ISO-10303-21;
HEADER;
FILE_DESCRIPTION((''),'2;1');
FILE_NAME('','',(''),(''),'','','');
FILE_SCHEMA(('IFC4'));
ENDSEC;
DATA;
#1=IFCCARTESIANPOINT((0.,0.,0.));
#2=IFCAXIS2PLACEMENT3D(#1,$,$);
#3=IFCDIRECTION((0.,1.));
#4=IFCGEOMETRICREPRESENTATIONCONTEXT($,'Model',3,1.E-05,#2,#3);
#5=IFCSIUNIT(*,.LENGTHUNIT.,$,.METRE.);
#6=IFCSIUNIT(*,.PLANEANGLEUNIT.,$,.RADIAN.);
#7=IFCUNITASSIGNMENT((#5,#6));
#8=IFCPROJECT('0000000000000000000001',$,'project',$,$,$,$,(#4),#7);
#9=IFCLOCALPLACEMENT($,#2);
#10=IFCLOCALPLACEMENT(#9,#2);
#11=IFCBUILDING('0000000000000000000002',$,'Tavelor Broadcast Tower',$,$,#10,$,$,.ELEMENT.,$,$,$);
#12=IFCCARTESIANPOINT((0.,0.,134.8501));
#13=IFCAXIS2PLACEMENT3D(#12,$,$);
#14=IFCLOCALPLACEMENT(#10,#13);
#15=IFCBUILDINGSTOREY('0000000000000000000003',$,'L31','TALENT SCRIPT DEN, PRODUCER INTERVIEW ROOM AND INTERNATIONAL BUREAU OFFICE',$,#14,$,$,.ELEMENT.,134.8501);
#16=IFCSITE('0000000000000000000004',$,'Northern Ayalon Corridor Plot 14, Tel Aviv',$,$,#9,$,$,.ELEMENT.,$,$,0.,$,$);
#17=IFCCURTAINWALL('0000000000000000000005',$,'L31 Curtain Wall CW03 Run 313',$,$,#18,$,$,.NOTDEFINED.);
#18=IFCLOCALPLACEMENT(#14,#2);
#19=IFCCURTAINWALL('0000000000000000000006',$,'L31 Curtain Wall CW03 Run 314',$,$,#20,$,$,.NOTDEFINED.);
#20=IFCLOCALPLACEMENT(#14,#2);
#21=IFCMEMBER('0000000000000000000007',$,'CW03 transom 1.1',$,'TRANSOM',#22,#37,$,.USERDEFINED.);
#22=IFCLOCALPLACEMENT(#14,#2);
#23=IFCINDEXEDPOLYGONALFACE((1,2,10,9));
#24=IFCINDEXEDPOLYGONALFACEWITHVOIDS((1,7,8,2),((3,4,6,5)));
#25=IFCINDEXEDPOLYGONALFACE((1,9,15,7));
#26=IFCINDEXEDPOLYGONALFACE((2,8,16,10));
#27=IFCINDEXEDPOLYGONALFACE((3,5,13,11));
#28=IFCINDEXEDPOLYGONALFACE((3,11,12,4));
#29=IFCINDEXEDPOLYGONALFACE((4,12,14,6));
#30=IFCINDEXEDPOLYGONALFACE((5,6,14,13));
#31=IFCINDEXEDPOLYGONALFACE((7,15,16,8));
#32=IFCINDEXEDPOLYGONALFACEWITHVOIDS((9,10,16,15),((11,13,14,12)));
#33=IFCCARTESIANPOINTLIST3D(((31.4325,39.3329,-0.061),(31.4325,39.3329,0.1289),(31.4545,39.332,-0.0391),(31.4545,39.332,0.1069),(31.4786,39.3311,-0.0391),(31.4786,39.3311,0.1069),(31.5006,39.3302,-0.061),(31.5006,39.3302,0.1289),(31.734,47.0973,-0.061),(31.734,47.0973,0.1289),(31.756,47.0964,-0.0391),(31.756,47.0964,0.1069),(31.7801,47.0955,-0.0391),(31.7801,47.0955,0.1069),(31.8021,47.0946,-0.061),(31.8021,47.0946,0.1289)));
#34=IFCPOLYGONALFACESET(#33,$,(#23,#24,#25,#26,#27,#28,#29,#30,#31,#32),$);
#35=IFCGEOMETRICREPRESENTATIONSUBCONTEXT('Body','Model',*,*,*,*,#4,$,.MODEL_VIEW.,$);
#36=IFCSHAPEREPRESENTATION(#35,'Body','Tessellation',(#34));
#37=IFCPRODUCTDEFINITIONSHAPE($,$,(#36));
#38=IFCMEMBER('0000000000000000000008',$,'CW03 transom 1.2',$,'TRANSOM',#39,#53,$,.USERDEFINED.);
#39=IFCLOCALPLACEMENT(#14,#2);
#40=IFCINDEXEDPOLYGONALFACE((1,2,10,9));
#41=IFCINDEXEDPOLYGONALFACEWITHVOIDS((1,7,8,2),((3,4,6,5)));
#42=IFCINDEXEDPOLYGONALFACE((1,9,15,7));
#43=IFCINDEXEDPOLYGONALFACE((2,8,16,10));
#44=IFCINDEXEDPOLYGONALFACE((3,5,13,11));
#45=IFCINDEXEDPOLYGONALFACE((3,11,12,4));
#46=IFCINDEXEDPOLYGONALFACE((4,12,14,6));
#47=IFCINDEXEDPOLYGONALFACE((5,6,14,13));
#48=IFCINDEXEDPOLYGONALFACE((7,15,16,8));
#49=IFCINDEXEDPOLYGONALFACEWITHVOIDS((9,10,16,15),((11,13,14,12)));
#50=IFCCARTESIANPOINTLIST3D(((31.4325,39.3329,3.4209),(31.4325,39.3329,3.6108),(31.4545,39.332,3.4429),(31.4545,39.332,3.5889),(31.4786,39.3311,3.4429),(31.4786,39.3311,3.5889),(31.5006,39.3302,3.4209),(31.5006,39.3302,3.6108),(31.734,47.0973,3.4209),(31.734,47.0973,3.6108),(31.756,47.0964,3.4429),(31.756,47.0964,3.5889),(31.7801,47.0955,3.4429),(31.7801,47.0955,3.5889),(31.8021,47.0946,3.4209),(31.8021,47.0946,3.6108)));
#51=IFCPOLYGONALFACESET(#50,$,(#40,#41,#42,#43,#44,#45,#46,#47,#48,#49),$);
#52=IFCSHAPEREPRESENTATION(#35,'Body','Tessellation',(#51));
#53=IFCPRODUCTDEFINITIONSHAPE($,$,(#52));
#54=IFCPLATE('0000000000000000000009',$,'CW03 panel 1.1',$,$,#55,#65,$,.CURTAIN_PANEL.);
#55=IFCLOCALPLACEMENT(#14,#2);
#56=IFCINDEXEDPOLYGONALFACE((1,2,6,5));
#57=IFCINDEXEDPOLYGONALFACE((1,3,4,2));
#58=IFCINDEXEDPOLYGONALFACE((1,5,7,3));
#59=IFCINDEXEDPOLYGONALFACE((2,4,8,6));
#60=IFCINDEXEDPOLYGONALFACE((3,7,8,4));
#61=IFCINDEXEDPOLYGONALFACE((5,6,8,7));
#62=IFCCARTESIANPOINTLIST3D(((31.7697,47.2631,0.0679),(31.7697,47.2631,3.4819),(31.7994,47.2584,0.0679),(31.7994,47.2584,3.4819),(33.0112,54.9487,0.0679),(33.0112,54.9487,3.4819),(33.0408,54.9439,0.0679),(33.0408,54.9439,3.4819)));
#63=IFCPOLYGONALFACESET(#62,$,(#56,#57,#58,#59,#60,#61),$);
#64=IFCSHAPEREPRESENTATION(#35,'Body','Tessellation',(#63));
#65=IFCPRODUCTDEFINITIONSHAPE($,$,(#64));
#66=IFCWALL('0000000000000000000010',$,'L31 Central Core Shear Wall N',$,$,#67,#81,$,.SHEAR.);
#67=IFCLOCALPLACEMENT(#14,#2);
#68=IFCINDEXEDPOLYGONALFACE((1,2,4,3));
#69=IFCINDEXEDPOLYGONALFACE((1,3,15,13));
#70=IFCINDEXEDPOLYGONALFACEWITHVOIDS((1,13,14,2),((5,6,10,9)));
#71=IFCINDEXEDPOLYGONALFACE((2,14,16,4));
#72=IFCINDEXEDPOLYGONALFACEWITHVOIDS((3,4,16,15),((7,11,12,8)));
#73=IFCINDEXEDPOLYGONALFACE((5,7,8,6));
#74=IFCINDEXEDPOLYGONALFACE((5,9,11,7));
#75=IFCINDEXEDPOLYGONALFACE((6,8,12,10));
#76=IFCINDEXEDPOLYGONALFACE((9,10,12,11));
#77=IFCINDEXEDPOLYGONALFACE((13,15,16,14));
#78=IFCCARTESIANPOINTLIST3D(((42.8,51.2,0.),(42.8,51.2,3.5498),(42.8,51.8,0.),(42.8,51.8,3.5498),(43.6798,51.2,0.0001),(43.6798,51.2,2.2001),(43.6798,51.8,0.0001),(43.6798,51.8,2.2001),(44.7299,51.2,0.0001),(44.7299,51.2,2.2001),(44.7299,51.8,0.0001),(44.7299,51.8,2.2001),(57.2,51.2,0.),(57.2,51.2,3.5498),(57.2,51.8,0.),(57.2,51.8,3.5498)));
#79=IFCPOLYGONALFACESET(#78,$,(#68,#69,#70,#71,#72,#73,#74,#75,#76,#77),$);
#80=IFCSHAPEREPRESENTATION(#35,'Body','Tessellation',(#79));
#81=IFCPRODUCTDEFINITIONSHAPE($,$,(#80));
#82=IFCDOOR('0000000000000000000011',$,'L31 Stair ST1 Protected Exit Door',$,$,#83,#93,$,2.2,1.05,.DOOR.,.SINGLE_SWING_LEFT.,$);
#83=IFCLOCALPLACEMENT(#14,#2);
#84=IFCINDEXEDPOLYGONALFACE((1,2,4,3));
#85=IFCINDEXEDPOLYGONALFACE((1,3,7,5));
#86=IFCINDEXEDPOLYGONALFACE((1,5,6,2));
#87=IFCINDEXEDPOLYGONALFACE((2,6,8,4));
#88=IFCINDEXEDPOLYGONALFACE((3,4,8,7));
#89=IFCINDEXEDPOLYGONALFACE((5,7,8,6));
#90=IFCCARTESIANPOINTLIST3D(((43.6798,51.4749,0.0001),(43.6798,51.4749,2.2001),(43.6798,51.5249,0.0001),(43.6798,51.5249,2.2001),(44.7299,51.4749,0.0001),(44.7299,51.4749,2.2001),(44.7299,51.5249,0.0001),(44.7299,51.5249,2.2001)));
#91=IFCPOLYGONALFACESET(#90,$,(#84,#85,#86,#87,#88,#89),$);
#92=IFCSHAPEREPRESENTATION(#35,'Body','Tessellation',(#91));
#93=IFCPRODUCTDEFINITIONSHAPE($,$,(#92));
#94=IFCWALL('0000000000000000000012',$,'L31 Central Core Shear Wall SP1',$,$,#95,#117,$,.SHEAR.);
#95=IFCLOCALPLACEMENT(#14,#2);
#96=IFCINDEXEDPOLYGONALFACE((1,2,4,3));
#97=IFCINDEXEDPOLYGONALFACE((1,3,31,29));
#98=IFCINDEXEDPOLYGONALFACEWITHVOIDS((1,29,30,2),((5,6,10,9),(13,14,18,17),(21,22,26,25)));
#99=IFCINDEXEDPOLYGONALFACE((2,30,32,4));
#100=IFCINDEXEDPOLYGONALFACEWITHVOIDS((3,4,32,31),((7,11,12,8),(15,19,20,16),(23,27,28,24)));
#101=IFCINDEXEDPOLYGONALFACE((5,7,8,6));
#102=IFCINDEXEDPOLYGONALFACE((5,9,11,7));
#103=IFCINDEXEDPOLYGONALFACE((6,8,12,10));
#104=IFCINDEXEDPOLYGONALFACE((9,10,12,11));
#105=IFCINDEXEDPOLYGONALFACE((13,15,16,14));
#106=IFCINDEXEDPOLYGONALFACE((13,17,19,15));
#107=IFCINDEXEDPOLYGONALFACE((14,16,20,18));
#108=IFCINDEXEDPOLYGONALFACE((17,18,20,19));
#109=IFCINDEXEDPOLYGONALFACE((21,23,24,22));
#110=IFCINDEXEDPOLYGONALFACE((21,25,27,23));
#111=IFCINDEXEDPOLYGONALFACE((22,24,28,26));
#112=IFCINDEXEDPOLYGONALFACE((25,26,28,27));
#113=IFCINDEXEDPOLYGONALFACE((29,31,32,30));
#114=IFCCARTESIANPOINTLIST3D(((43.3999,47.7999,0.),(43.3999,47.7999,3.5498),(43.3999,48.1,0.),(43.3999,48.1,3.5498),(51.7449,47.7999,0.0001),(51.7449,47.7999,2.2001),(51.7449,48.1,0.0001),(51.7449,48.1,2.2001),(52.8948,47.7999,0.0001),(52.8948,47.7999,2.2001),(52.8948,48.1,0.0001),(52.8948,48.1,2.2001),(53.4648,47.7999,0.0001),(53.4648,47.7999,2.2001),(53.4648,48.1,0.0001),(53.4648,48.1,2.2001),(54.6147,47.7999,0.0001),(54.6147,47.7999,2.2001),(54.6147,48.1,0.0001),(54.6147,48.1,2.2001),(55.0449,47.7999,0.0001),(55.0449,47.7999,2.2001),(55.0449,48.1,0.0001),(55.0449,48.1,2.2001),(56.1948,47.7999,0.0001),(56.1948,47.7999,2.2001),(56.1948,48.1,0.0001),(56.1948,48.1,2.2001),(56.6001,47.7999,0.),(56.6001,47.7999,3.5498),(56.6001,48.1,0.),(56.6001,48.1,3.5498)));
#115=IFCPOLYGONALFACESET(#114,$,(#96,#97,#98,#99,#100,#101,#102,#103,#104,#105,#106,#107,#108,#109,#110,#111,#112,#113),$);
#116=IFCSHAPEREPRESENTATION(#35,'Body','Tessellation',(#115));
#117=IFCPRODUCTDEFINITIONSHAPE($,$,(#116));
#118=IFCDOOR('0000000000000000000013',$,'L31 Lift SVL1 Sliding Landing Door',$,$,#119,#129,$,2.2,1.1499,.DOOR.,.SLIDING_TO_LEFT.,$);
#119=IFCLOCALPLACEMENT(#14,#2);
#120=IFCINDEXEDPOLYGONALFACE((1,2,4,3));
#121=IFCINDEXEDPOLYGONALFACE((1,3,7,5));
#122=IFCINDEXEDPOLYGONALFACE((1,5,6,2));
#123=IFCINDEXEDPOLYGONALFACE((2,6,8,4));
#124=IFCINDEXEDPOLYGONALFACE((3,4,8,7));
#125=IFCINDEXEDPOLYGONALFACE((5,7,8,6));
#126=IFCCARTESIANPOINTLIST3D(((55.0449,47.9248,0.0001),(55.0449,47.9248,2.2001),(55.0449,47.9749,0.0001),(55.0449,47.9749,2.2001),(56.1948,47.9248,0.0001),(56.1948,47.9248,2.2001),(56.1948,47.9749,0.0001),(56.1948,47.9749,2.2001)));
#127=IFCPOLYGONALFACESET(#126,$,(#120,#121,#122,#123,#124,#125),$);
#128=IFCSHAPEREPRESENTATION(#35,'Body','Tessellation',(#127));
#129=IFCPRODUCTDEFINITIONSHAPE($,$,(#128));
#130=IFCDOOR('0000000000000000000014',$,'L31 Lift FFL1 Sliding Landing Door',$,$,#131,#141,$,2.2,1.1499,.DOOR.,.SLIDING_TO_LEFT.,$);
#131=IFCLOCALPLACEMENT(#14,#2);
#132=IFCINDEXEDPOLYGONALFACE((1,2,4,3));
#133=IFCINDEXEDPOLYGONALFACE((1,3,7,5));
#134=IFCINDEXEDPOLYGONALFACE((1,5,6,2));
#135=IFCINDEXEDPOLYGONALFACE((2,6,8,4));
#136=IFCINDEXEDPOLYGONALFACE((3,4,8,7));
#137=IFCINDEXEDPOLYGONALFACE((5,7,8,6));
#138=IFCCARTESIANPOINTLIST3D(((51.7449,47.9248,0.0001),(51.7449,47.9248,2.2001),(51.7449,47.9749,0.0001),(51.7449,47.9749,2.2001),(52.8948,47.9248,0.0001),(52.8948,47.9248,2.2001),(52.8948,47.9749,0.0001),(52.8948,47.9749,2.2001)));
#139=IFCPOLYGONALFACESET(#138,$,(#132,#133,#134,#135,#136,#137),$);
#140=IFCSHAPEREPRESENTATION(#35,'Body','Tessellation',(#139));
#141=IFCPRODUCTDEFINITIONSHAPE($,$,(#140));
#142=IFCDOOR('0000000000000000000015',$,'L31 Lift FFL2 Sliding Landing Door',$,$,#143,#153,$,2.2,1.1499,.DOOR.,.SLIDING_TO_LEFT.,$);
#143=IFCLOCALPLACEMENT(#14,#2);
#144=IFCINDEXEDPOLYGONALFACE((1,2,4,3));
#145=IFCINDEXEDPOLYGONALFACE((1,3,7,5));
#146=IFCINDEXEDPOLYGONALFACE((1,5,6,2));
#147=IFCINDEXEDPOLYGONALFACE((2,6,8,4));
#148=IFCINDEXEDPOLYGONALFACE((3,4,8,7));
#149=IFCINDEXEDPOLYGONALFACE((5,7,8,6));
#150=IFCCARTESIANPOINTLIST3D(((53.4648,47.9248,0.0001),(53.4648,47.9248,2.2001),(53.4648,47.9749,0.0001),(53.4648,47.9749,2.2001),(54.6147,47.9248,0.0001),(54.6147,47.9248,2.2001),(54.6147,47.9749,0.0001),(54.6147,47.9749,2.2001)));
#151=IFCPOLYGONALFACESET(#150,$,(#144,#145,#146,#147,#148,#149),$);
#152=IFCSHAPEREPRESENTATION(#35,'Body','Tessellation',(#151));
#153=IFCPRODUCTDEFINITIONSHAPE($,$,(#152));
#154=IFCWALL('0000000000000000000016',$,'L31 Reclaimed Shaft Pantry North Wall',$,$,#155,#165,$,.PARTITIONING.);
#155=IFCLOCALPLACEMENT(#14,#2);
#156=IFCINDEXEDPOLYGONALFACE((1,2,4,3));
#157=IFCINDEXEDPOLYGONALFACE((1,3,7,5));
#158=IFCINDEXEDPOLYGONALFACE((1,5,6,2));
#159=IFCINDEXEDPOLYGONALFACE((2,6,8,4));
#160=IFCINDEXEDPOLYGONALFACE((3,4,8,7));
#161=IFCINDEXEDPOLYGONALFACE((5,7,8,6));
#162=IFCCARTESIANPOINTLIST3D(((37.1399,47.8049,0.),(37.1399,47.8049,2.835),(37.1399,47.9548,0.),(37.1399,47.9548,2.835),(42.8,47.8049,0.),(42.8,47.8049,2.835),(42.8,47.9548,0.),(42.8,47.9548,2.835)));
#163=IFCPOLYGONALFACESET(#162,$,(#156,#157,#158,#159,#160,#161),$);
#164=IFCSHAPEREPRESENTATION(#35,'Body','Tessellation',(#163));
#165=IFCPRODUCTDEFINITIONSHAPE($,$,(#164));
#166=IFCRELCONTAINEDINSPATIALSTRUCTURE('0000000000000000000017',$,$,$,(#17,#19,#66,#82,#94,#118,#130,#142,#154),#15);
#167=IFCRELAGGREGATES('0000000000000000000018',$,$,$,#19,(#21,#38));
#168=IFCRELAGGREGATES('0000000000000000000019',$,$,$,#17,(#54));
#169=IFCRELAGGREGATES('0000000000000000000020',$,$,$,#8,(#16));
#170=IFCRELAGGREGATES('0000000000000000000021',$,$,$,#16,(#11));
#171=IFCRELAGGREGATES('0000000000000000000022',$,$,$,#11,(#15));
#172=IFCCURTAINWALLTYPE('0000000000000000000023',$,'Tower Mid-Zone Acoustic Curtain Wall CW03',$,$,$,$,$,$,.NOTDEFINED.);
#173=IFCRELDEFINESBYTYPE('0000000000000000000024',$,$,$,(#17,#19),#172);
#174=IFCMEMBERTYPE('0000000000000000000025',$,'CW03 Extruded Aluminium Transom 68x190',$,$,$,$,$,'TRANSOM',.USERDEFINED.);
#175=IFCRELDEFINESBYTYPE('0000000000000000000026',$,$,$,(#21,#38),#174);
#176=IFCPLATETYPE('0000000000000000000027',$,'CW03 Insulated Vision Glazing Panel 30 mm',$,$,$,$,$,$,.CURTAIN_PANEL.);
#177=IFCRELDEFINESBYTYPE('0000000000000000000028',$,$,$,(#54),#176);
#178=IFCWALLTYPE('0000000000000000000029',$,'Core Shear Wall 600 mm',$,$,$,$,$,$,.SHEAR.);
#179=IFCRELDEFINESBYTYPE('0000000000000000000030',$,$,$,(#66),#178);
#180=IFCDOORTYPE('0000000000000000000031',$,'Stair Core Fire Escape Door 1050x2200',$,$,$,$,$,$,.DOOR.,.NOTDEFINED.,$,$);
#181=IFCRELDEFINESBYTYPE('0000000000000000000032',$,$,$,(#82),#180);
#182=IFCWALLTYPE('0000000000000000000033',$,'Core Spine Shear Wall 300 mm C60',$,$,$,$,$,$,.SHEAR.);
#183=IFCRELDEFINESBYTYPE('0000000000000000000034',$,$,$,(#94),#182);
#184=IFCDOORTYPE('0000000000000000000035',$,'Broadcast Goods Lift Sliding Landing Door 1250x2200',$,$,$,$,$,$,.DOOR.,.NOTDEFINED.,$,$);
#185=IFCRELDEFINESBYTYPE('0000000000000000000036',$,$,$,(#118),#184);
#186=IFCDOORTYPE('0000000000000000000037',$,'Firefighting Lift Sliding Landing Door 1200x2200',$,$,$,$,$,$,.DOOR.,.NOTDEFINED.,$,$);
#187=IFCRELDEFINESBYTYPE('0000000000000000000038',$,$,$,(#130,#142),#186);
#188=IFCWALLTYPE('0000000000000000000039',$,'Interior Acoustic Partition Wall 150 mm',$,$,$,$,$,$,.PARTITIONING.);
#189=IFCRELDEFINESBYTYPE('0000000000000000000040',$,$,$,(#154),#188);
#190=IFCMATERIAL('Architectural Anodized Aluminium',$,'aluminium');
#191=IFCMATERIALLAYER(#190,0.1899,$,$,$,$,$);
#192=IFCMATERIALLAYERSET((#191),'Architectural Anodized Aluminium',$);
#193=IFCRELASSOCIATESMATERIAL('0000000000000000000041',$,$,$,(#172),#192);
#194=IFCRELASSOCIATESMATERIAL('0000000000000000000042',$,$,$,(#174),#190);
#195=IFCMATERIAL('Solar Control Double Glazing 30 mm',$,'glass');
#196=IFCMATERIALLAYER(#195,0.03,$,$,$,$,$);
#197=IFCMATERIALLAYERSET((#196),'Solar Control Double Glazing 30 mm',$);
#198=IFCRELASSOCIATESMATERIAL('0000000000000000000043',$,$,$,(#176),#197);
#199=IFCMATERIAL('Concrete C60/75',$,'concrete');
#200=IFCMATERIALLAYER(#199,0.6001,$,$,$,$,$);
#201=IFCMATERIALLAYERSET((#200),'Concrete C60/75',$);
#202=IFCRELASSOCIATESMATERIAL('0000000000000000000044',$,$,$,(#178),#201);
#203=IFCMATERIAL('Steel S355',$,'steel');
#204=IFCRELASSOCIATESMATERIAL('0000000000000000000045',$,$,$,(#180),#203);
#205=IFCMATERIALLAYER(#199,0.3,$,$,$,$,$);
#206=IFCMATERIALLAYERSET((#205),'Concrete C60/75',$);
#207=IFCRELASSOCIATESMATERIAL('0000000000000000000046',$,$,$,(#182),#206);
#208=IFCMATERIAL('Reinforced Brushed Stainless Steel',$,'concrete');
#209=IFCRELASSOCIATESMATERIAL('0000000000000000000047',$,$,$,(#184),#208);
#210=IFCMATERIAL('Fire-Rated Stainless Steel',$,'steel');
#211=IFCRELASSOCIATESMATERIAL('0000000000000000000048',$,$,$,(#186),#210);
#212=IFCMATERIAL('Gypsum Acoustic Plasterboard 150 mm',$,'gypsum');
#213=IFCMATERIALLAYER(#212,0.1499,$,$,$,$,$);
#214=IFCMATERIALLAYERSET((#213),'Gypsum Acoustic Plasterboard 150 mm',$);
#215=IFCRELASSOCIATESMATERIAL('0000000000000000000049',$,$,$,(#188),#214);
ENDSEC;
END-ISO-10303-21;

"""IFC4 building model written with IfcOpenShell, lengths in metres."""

from ifc_helpers import new_model, si_unit, direction, frame, frame_2d, origin, origin_2d, place, context, subcontext, project, spatial, rectangle, hollow_rectangle, extrude, source, transform, mapped, material, layer, layer_set, material_profile, profile_set, type_object, type_shapes, element, fill, aggregate, save


model = new_model("IFC4")

# Units and contexts
model_context = context("Model", 3, precision=1e-05, world=origin(), true_north=direction((0.0, 1.0)))
body_context = subcontext(model_context, "Body", "Model", "MODEL_VIEW")
ifc_project = project(units=[si_unit("LENGTHUNIT", "METRE"), si_unit("PLANEANGLEUNIT", "RADIAN")], contexts=[model_context])

# Site, building, storey
site_placement = place(None, origin())
site = spatial("IfcSite", under=ifc_project, at=site_placement, Name="Northern Ayalon Corridor Plot 14, Tel Aviv", CompositionType="ELEMENT", RefElevation=0.0)
building_placement = place(site_placement, origin())
building = spatial("IfcBuilding", under=site, at=building_placement, Name="Tavelor Broadcast Tower", CompositionType="ELEMENT")
storey_placement = place(building_placement, frame((0.0, 0.0, 134.8501)))
storey = spatial("IfcBuildingStorey", under=building, at=storey_placement, Name="L31", Description="TALENT SCRIPT DEN, PRODUCER INTERVIEW ROOM AND INTERNATIONAL BUREAU OFFICE", CompositionType="ELEMENT", Elevation=134.8501)

# Shared definitions
ifc_material_1 = material(Name="Concrete C60/75", Category="concrete")

# Shared definitions
ifc_material_2 = material(Name="Steel S355", Category="steel")

# Curtain wall
ifc_material_3 = material(Name="Architectural Anodized Aluminium", Category="aluminium")
ifc_layer_1 = layer(ifc_material_3, 0.1899)
ifc_layer_set_1 = layer_set([ifc_layer_1], Name="Architectural Anodized Aluminium")
curtain_wall_type = type_object("IfcCurtainWallType", Name="Tower Mid-Zone Acoustic Curtain Wall CW03", PredefinedType="NOTDEFINED", material=ifc_layer_set_1)
curtain_wall_1_placement = place(storey_placement, origin())
curtain_wall_1 = element("IfcCurtainWall", 1, at=curtain_wall_1_placement, inside=storey, type_object=curtain_wall_type, Name="L31 Curtain Wall CW03 Run 313", PredefinedType="NOTDEFINED")

# Curtain wall, members
curtain_wall_2_placement = place(storey_placement, origin())
curtain_wall_2 = element("IfcCurtainWall", 2, at=curtain_wall_2_placement, inside=storey, type_object=curtain_wall_type, Name="L31 Curtain Wall CW03 Run 314", PredefinedType="NOTDEFINED")
ifc_material_profile_1 = material_profile(ifc_material_3, hollow_rectangle(XDim=0.0681, YDim=0.1899, WallThickness=0.022, at=origin_2d()), Name="RHS 68x190x22")
ifc_profile_set_1 = profile_set([ifc_material_profile_1], Name="Architectural Anodized Aluminium")
member_type_1 = type_object("IfcMemberType", Name="CW03 Extruded Aluminium Transom 68x190", ElementType="TRANSOM", PredefinedType="USERDEFINED", material=ifc_profile_set_1)
shared_shape_1 = source(origin(), body_context, "Body", "SweptSolid", [
    extrude(hollow_rectangle(XDim=0.0681, YDim=0.1899, WallThickness=0.022, at=origin_2d()), origin(), (0.0, 0.0, 1.0), 7.7703),
])
type_shapes(member_type_1, [shared_shape_1])
member_1_placement = place(storey_placement, frame((31.7681, 47.0959, 0.0339), z_axis=(-0.038804, -0.999247, 0.0), x_axis=(0.999247, -0.038804, 0.0)))
member_1 = element("IfcMember", 3, at=member_1_placement, type_object=member_type_1, Name="CW03 transom 1.1", ObjectType="TRANSOM", PredefinedType="USERDEFINED", context=body_context, shape_type="MappedRepresentation", body=[
    mapped(shared_shape_1, transform((0.0, 0.0, 0.0), scale=1.0)),
])
member_2_placement = place(storey_placement, frame((31.7681, 47.0959, 3.5159), z_axis=(-0.038804, -0.999247, 0.0), x_axis=(0.999247, -0.038804, 0.0)))
member_2 = element("IfcMember", 4, at=member_2_placement, type_object=member_type_1, Name="CW03 transom 1.2", ObjectType="TRANSOM", PredefinedType="USERDEFINED", context=body_context, shape_type="MappedRepresentation", body=[
    mapped(shared_shape_1, transform((0.0, 0.0, 0.0), scale=1.0)),
])
aggregate(curtain_wall_2, [member_1, member_2])

# Plate
ifc_material_4 = material(Name="Solar Control Double Glazing 30 mm", Category="glass")
ifc_layer_2 = layer(ifc_material_4, 0.03)
ifc_layer_set_2 = layer_set([ifc_layer_2], Name="Solar Control Double Glazing 30 mm")
plate_type = type_object("IfcPlateType", Name="CW03 Insulated Vision Glazing Panel 30 mm", PredefinedType="CURTAIN_PANEL", material=ifc_layer_set_2)
shared_shape_2 = source(origin(), body_context, "Body", "SweptSolid", [
    extrude(rectangle(XDim=7.7852, YDim=0.03, at=origin_2d()), origin(), (0.0, 0.0, 1.0), 3.4141),
])
type_shapes(plate_type, [shared_shape_2])
plate_placement = place(storey_placement, frame((32.4053, 51.1035, 0.0679), z_axis=(0.0, 0.0, 1.0), x_axis=(-0.159459, -0.987205, 0.0)))
plate = element("IfcPlate", 5, at=plate_placement, type_object=plate_type, Name="CW03 panel 1.1", PredefinedType="CURTAIN_PANEL", context=body_context, shape_type="MappedRepresentation", body=[
    mapped(shared_shape_2, transform((0.0, 0.0, 0.0), scale=1.0)),
])
aggregate(curtain_wall_1, [plate])

# Wall, opening, door
ifc_layer_3 = layer(ifc_material_1, 0.6001)
ifc_layer_set_3 = layer_set([ifc_layer_3], Name="Concrete C60/75")
wall_type_1 = type_object("IfcWallType", Name="Core Shear Wall 600 mm", PredefinedType="SHEAR", material=ifc_layer_set_3)
wall_1_placement = place(storey_placement, frame((42.8, 51.5, 0.0), z_axis=(0.0, 0.0, 1.0), x_axis=(1.0, 0.0, 0.0)))
wall_1 = element("IfcWall", 6, at=wall_1_placement, inside=storey, type_object=wall_type_1, Name="L31 Central Core Shear Wall N", PredefinedType="SHEAR", context=body_context, shape_type="SweptSolid", body=[
    extrude(rectangle(XDim=14.3999, YDim=0.6001, at=frame_2d((7.2, 0.0))), origin(), (0.0, 0.0, 1.0), 3.5498),
])
opening_1_placement = place(wall_1_placement, frame((0.8799, 0.0, 0.0)))
opening_1 = element("IfcOpeningElement", 7, at=opening_1_placement, cuts=wall_1, PredefinedType="OPENING", context=body_context, shape_type="SweptSolid", body=[
    extrude(rectangle(XDim=1.05, YDim=2.2, at=frame_2d((0.5249, 1.1001))), frame((0.0, 0.3101, 0.0), z_axis=(0.0, -1.0, 0.0), x_axis=(1.0, 0.0, 0.0)), (0.0, 0.0, 1.0), 0.6201),
])
door_type_1 = type_object("IfcDoorType", Name="Stair Core Fire Escape Door 1050x2200", OperationType="NOTDEFINED", PredefinedType="DOOR", material=ifc_material_2)
door_1_placement = place(opening_1_placement, origin())
door_1 = element("IfcDoor", 8, at=door_1_placement, inside=storey, type_object=door_type_1, Name="L31 Stair ST1 Protected Exit Door", OperationType="SINGLE_SWING_LEFT", OverallHeight=2.2, OverallWidth=1.05, PredefinedType="DOOR", context=body_context, shape_type="SweptSolid", body=[
    extrude(rectangle(XDim=1.05, YDim=2.2, at=frame_2d((0.5249, 1.1001))), frame((0.0, 0.0249, 0.0), z_axis=(0.0, -1.0, 0.0), x_axis=(1.0, 0.0, 0.0)), (0.0, 0.0, 1.0), 0.05),
])
fill(opening_1, door_1)

# Wall, openings, doors
ifc_layer_4 = layer(ifc_material_1, 0.3)
ifc_layer_set_4 = layer_set([ifc_layer_4], Name="Concrete C60/75")
wall_type_2 = type_object("IfcWallType", Name="Core Spine Shear Wall 300 mm C60", PredefinedType="SHEAR", material=ifc_layer_set_4)
wall_2_placement = place(storey_placement, frame((43.3999, 47.95, 0.0), z_axis=(0.0, 0.0, 1.0), x_axis=(1.0, 0.0, 0.0)))
wall_2 = element("IfcWall", 9, at=wall_2_placement, inside=storey, type_object=wall_type_2, Name="L31 Central Core Shear Wall SP1", PredefinedType="SHEAR", context=body_context, shape_type="SweptSolid", body=[
    extrude(rectangle(XDim=13.2002, YDim=0.3, at=frame_2d((6.6001, 0.0))), origin(), (0.0, 0.0, 1.0), 3.5498),
])
opening_2_placement = place(wall_2_placement, frame((8.345, 0.0, 0.0)))
opening_2 = element("IfcOpeningElement", 10, at=opening_2_placement, cuts=wall_2, PredefinedType="OPENING", context=body_context, shape_type="SweptSolid", body=[
    extrude(rectangle(XDim=1.1499, YDim=2.2, at=frame_2d((0.575, 1.1001))), frame((0.0, 0.1602, 0.0), z_axis=(0.0, -1.0, 0.0), x_axis=(1.0, 0.0, 0.0)), (0.0, 0.0, 1.0), 0.3201),
])
opening_3_placement = place(wall_2_placement, frame((10.0649, 0.0, 0.0)))
opening_3 = element("IfcOpeningElement", 11, at=opening_3_placement, cuts=wall_2, PredefinedType="OPENING", context=body_context, shape_type="SweptSolid", body=[
    extrude(rectangle(XDim=1.1499, YDim=2.2, at=frame_2d((0.575, 1.1001))), frame((0.0, 0.1602, 0.0), z_axis=(0.0, -1.0, 0.0), x_axis=(1.0, 0.0, 0.0)), (0.0, 0.0, 1.0), 0.3201),
])
opening_4_placement = place(wall_2_placement, frame((11.645, 0.0, 0.0)))
opening_4 = element("IfcOpeningElement", 12, at=opening_4_placement, cuts=wall_2, PredefinedType="OPENING", context=body_context, shape_type="SweptSolid", body=[
    extrude(rectangle(XDim=1.1499, YDim=2.2, at=frame_2d((0.575, 1.1001))), frame((0.0, 0.1602, 0.0), z_axis=(0.0, -1.0, 0.0), x_axis=(1.0, 0.0, 0.0)), (0.0, 0.0, 1.0), 0.3201),
])
ifc_material_5 = material(Name="Reinforced Brushed Stainless Steel", Category="concrete")
door_type_2 = type_object("IfcDoorType", Name="Broadcast Goods Lift Sliding Landing Door 1250x2200", OperationType="NOTDEFINED", PredefinedType="DOOR", material=ifc_material_5)
door_2_placement = place(opening_4_placement, origin())
door_2 = element("IfcDoor", 13, at=door_2_placement, inside=storey, type_object=door_type_2, Name="L31 Lift SVL1 Sliding Landing Door", OperationType="SLIDING_TO_LEFT", OverallHeight=2.2, OverallWidth=1.1499, PredefinedType="DOOR", context=body_context, shape_type="SweptSolid", body=[
    extrude(rectangle(XDim=1.1499, YDim=2.2, at=frame_2d((0.575, 1.1001))), frame((0.0, 0.0249, 0.0), z_axis=(0.0, -1.0, 0.0), x_axis=(1.0, 0.0, 0.0)), (0.0, 0.0, 1.0), 0.05),
])
fill(opening_4, door_2)
ifc_material_6 = material(Name="Fire-Rated Stainless Steel", Category="steel")
door_type_3 = type_object("IfcDoorType", Name="Firefighting Lift Sliding Landing Door 1200x2200", OperationType="NOTDEFINED", PredefinedType="DOOR", material=ifc_material_6)
door_3_placement = place(opening_2_placement, origin())
door_3 = element("IfcDoor", 14, at=door_3_placement, inside=storey, type_object=door_type_3, Name="L31 Lift FFL1 Sliding Landing Door", OperationType="SLIDING_TO_LEFT", OverallHeight=2.2, OverallWidth=1.1499, PredefinedType="DOOR", context=body_context, shape_type="SweptSolid", body=[
    extrude(rectangle(XDim=1.1499, YDim=2.2, at=frame_2d((0.575, 1.1001))), frame((0.0, 0.0249, 0.0), z_axis=(0.0, -1.0, 0.0), x_axis=(1.0, 0.0, 0.0)), (0.0, 0.0, 1.0), 0.05),
])
fill(opening_2, door_3)
door_4_placement = place(opening_3_placement, origin())
door_4 = element("IfcDoor", 15, at=door_4_placement, inside=storey, type_object=door_type_3, Name="L31 Lift FFL2 Sliding Landing Door", OperationType="SLIDING_TO_LEFT", OverallHeight=2.2, OverallWidth=1.1499, PredefinedType="DOOR", context=body_context, shape_type="SweptSolid", body=[
    extrude(rectangle(XDim=1.1499, YDim=2.2, at=frame_2d((0.575, 1.1001))), frame((0.0, 0.0249, 0.0), z_axis=(0.0, -1.0, 0.0), x_axis=(1.0, 0.0, 0.0)), (0.0, 0.0, 1.0), 0.05),
])
fill(opening_3, door_4)

# Wall
ifc_material_7 = material(Name="Gypsum Acoustic Plasterboard 150 mm", Category="gypsum")
ifc_layer_5 = layer(ifc_material_7, 0.1499)
ifc_layer_set_5 = layer_set([ifc_layer_5], Name="Gypsum Acoustic Plasterboard 150 mm")
wall_type_3 = type_object("IfcWallType", Name="Interior Acoustic Partition Wall 150 mm", PredefinedType="PARTITIONING", material=ifc_layer_set_5)
wall_3_placement = place(storey_placement, frame((37.1399, 47.8799, 0.0), z_axis=(0.0, 0.0, 1.0), x_axis=(1.0, 0.0, 0.0)))
element("IfcWall", 16, at=wall_3_placement, inside=storey, type_object=wall_type_3, Name="L31 Reclaimed Shaft Pantry North Wall", PredefinedType="PARTITIONING", context=body_context, shape_type="SweptSolid", body=[
    extrude(rectangle(XDim=5.6602, YDim=0.1499, at=frame_2d((2.8301, 0.0))), origin(), (0.0, 0.0, 1.0), 2.835),
])

save(model, "model.ifc")
